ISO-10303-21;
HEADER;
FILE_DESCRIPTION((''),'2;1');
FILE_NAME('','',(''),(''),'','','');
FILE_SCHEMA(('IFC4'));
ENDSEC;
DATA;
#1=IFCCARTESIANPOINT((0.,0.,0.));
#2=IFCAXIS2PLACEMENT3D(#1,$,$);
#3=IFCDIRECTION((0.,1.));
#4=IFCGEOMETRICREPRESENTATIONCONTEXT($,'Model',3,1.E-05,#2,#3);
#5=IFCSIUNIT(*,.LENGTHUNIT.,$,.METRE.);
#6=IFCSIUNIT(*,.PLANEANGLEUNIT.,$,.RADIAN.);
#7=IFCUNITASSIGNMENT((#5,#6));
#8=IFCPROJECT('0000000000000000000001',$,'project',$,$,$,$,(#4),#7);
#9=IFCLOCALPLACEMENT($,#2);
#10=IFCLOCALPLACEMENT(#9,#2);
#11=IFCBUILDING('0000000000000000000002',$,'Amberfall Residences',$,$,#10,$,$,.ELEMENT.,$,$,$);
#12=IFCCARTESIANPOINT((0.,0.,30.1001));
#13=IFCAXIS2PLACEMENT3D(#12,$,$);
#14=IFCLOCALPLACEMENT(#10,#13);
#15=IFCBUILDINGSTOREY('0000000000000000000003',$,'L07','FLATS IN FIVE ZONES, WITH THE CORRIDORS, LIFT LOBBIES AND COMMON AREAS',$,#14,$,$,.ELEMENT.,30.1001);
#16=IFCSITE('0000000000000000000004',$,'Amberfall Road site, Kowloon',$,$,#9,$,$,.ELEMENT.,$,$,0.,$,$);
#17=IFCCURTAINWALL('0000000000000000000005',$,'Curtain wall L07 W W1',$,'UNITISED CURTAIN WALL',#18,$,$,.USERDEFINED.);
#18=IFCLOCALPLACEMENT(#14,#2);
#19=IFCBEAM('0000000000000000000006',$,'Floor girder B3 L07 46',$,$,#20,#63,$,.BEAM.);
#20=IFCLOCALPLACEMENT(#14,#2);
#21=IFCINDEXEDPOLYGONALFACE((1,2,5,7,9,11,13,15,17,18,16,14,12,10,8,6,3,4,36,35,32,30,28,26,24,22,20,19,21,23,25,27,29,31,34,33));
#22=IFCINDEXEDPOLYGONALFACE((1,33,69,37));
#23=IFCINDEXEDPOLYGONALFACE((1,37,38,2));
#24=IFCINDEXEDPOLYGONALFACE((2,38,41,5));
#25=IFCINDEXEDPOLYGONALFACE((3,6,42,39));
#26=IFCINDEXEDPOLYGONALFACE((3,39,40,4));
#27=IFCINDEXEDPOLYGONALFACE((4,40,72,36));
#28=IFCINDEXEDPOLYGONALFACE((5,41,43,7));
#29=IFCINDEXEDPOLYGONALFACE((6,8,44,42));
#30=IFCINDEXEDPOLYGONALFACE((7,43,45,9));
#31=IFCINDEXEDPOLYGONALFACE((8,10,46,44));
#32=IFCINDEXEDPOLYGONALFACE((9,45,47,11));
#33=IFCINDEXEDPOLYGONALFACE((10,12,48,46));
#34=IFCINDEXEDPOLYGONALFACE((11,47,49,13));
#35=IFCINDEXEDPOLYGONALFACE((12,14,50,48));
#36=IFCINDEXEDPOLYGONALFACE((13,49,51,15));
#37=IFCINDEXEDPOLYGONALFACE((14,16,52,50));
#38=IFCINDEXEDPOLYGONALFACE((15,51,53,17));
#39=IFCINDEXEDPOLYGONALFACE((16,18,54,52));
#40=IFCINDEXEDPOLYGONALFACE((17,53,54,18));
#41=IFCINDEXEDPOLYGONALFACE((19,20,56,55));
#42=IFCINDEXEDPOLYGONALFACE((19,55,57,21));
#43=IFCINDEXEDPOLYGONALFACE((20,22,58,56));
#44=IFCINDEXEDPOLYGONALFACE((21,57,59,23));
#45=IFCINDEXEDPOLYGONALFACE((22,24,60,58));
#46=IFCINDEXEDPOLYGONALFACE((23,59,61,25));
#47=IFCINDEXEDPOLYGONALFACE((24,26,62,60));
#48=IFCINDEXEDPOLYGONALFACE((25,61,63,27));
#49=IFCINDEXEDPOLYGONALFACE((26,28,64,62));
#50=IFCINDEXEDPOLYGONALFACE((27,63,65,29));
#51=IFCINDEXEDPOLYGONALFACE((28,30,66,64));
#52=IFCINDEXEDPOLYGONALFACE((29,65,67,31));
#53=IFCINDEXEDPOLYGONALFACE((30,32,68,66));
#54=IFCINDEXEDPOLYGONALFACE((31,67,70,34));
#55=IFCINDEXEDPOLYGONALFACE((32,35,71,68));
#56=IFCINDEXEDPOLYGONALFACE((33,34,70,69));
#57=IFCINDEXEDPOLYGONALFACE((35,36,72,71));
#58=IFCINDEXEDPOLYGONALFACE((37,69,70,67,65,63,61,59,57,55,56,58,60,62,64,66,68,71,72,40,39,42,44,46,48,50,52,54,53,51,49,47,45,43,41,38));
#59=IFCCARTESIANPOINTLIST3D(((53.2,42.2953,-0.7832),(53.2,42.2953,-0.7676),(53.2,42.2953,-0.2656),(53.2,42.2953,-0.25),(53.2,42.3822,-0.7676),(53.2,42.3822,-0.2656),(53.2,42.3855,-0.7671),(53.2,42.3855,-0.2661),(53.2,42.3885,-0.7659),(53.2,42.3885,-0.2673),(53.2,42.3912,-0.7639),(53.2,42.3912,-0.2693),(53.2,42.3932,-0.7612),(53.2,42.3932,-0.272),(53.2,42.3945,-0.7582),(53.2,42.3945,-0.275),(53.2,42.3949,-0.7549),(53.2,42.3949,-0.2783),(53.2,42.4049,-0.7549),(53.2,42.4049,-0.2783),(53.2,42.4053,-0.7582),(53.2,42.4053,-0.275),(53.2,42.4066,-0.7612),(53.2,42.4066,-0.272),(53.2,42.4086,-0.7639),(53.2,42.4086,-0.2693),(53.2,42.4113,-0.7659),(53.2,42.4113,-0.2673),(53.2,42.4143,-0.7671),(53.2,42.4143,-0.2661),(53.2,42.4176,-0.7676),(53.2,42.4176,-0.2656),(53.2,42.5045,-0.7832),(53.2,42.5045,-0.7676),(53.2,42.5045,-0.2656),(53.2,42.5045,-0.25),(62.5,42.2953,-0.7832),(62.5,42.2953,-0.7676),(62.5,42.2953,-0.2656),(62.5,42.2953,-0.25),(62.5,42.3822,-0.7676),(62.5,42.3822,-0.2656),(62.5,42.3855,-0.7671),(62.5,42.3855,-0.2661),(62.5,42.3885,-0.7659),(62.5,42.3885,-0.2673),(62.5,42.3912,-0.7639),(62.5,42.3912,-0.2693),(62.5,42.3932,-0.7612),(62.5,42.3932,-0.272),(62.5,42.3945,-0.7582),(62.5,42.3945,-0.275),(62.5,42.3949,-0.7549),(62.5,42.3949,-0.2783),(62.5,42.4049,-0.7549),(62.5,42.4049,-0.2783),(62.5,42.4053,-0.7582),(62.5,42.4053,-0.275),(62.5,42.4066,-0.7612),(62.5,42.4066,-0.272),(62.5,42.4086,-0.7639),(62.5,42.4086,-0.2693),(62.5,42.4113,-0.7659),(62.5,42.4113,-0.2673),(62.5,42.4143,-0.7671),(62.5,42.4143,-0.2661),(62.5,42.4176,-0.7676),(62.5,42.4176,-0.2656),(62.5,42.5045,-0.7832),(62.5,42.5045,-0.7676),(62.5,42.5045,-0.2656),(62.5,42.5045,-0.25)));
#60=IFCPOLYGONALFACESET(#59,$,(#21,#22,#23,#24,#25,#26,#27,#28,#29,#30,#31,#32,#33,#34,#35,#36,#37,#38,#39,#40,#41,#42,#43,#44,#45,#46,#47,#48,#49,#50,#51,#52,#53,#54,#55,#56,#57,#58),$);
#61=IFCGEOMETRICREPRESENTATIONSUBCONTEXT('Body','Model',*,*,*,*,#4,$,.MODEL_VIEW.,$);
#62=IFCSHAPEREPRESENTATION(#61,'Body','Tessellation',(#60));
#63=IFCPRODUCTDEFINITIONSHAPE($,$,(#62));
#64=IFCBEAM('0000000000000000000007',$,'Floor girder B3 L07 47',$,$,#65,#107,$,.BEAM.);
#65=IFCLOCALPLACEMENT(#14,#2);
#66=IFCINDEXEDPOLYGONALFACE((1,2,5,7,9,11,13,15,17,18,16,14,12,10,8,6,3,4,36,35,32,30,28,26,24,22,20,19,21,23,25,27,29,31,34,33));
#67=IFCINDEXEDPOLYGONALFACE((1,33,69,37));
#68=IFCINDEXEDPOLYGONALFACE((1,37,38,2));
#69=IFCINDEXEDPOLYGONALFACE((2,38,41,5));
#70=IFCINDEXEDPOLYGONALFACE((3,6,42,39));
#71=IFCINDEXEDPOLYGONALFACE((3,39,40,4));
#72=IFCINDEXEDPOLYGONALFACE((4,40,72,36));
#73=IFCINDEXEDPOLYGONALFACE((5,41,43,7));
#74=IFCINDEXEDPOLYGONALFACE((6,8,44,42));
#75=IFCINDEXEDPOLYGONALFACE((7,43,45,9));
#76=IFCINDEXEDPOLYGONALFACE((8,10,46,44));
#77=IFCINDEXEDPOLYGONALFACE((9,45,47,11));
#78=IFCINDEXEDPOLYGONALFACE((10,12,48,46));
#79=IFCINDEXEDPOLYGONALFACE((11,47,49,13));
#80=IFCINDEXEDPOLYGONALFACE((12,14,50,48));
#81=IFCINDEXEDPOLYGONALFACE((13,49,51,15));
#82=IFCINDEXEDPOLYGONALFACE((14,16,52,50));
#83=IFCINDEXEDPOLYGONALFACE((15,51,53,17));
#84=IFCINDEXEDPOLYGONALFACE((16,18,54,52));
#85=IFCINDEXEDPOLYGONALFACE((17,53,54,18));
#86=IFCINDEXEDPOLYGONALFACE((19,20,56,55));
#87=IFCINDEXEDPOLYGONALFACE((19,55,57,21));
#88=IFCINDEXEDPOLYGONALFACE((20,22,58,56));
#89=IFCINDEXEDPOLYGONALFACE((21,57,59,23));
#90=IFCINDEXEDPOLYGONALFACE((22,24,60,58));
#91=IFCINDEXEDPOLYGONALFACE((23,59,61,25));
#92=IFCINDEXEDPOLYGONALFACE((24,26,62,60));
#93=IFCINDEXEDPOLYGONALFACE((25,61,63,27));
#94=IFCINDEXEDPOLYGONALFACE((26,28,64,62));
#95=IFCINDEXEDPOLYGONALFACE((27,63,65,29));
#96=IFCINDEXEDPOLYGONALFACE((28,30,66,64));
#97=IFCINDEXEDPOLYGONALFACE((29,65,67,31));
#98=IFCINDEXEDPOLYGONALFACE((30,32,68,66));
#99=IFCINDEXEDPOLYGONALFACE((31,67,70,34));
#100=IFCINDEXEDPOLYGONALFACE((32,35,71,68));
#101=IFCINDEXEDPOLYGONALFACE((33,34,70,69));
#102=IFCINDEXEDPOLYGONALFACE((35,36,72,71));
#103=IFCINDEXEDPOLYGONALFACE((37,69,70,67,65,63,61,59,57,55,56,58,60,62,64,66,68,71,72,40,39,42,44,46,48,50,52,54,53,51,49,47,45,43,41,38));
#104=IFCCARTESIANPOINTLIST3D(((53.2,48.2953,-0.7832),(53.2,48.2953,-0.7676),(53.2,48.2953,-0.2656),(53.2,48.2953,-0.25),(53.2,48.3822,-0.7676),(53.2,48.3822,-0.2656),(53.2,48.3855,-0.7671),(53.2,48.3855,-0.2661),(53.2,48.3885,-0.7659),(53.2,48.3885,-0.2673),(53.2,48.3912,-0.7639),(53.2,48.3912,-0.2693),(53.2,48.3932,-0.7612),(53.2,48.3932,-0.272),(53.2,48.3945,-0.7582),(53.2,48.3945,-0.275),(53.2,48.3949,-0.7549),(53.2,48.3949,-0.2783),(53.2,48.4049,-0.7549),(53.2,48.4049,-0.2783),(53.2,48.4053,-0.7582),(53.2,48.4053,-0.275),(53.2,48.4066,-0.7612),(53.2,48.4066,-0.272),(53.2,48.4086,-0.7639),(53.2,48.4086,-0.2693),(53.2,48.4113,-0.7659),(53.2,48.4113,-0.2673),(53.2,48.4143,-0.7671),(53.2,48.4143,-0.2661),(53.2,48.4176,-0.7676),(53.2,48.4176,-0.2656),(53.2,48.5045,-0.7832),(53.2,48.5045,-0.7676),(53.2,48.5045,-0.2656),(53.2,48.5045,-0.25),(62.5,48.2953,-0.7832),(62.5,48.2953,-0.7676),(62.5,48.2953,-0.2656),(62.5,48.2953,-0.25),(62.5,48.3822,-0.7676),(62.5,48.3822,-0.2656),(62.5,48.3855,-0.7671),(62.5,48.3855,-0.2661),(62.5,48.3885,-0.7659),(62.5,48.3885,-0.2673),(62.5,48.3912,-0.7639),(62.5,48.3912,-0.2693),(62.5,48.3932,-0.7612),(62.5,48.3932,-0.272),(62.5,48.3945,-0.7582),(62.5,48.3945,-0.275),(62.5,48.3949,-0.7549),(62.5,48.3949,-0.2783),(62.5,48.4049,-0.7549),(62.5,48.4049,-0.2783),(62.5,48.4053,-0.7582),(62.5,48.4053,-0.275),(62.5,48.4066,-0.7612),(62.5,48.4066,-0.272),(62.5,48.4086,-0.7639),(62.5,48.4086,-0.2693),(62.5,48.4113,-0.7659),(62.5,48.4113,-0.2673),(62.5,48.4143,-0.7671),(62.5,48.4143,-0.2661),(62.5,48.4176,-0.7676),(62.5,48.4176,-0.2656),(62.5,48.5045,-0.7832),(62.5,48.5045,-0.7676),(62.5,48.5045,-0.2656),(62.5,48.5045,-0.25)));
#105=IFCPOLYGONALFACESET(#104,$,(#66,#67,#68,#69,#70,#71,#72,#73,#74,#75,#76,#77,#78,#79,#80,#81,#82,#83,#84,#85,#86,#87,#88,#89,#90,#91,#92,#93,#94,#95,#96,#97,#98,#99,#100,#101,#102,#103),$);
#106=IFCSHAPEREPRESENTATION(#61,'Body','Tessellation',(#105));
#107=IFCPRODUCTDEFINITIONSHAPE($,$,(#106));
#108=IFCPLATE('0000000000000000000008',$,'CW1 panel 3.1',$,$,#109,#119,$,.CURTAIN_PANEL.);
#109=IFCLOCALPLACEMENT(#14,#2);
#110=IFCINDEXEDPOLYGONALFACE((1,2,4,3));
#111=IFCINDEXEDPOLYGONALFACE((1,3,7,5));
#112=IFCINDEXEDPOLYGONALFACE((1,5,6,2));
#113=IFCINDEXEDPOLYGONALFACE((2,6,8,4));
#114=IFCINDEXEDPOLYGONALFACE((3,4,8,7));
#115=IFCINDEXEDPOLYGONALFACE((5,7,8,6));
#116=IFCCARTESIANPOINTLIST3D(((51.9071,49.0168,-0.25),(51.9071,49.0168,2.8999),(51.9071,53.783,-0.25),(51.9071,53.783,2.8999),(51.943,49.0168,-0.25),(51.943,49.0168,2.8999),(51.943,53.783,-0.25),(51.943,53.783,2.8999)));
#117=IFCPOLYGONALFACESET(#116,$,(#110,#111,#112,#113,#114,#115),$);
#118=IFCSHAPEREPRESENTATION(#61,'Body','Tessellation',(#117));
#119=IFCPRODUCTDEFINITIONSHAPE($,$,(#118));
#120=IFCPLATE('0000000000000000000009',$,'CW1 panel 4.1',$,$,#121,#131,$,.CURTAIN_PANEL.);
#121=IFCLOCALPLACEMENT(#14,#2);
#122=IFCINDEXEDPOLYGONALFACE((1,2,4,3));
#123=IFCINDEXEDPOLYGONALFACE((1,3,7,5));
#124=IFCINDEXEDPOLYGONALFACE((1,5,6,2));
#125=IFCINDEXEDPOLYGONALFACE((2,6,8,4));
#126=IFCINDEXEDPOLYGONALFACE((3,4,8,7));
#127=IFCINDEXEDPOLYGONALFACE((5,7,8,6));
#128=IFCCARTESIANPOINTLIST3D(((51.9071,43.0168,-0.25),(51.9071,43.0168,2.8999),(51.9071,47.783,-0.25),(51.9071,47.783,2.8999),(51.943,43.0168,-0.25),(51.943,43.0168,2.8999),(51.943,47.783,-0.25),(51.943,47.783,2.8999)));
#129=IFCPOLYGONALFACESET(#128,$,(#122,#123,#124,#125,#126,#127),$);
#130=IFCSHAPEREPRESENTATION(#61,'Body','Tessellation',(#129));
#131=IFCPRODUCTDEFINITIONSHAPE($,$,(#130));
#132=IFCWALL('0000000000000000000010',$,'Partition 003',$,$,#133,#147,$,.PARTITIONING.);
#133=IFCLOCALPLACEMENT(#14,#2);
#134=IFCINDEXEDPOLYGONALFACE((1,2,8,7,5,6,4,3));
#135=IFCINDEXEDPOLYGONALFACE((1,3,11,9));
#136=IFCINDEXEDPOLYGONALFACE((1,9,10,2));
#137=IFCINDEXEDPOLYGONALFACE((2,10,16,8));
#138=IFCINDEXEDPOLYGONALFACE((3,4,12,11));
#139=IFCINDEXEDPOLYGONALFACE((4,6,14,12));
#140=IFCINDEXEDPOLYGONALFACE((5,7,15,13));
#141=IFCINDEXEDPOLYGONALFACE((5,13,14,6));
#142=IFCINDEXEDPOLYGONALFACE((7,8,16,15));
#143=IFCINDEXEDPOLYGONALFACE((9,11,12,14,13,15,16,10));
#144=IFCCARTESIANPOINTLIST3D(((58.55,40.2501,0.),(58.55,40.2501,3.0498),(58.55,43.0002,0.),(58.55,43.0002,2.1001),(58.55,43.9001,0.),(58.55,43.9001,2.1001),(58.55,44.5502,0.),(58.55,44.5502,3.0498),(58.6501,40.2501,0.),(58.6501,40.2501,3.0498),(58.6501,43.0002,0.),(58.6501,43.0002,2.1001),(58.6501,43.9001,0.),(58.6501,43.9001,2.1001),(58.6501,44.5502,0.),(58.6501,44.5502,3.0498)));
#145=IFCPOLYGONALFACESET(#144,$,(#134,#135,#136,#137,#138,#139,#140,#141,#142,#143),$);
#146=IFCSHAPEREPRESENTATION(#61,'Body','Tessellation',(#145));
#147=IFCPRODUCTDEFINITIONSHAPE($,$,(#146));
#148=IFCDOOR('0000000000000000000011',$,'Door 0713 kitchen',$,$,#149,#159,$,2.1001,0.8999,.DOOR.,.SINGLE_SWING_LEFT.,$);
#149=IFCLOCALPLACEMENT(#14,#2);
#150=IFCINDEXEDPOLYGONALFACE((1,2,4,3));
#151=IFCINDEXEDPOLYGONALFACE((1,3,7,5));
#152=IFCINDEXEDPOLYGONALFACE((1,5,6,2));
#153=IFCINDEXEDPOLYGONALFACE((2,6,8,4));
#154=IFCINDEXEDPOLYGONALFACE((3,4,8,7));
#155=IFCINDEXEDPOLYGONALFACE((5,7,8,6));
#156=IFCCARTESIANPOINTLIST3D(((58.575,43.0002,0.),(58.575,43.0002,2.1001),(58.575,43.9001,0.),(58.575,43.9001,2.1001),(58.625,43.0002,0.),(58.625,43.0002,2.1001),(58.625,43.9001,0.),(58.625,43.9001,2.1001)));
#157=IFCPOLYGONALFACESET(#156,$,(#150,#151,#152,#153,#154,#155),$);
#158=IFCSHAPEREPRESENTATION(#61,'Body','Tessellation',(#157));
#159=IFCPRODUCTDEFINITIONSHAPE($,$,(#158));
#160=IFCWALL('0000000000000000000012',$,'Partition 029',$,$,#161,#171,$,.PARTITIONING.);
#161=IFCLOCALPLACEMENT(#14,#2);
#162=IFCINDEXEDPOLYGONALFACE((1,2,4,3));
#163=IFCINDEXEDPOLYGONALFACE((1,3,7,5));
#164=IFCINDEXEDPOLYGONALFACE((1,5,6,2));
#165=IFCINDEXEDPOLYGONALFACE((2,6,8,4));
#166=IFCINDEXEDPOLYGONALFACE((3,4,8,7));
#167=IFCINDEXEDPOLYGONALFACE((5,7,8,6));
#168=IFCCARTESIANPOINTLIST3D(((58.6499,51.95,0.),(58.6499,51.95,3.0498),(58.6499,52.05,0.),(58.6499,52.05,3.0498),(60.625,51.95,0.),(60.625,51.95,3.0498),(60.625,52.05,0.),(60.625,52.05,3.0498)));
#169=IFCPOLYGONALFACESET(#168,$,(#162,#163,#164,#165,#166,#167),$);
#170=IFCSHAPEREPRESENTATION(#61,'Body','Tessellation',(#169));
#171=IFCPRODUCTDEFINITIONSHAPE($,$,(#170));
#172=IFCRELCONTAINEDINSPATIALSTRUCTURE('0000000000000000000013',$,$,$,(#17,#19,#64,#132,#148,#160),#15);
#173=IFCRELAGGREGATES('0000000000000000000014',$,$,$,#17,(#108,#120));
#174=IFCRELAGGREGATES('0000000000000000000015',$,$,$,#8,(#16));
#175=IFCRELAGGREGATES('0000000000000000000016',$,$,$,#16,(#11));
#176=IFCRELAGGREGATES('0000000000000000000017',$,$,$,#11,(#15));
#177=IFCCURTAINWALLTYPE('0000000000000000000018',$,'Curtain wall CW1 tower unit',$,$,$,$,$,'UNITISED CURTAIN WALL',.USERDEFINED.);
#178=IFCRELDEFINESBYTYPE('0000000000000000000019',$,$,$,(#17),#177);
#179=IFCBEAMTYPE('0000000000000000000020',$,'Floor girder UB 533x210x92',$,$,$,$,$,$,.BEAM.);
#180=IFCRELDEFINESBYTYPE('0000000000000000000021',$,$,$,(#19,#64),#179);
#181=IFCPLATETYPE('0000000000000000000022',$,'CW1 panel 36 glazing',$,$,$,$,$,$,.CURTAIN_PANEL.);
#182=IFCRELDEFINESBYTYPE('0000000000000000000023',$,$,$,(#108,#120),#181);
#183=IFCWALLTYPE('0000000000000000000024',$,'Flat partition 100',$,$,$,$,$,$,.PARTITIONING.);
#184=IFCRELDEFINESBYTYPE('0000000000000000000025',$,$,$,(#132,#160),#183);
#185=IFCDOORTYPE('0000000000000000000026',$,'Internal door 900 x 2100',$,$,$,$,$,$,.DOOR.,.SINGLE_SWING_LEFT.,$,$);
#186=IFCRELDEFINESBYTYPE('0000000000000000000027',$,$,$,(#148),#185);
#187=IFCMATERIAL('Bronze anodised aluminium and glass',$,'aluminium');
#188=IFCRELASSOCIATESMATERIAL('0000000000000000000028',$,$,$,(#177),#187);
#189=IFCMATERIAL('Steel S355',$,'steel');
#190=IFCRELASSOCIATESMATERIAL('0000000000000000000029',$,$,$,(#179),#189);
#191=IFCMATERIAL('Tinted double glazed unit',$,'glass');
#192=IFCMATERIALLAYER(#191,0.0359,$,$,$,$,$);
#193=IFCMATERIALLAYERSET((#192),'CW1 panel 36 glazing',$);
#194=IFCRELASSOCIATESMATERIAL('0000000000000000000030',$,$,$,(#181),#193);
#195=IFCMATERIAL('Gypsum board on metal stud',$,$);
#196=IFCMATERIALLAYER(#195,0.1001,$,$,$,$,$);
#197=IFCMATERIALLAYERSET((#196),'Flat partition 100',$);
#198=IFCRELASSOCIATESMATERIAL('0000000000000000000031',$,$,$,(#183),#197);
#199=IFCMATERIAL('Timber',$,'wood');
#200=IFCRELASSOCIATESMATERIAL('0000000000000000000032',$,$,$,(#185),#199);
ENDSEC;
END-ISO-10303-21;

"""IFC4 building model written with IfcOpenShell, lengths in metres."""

from ifc_helpers import new_model, si_unit, direction, frame, frame_2d, origin, origin_2d, place, context, subcontext, project, spatial, rectangle, i_section, extrude, material, layer, layer_set, material_profile, profile_set, type_object, element, fill, aggregate, save


model = new_model("IFC4")

# Units and contexts
model_context = context("Model", 3, precision=1e-05, world=origin(), true_north=direction((0.0, 1.0)))
body_context = subcontext(model_context, "Body", "Model", "MODEL_VIEW")
ifc_project = project(units=[si_unit("LENGTHUNIT", "METRE"), si_unit("PLANEANGLEUNIT", "RADIAN")], contexts=[model_context])

# Site, building, storey
site_placement = place(None, origin())
site = spatial("IfcSite", under=ifc_project, at=site_placement, Name="Amberfall Road site, Kowloon", CompositionType="ELEMENT", RefElevation=0.0)
building_placement = place(site_placement, origin())
building = spatial("IfcBuilding", under=site, at=building_placement, Name="Amberfall Residences", CompositionType="ELEMENT")
storey_placement = place(building_placement, frame((0.0, 0.0, 30.1001)))
storey = spatial("IfcBuildingStorey", under=building, at=storey_placement, Name="L07", Description="FLATS IN FIVE ZONES, WITH THE CORRIDORS, LIFT LOBBIES AND COMMON AREAS", CompositionType="ELEMENT", Elevation=30.1001)

# Curtain wall
ifc_material_1 = material(Name="Bronze anodised aluminium and glass", Category="aluminium")
curtain_wall_type = type_object("IfcCurtainWallType", Name="Curtain wall CW1 tower unit", ElementType="UNITISED CURTAIN WALL", PredefinedType="USERDEFINED", material=ifc_material_1)
curtain_wall_placement = place(storey_placement, origin())
curtain_wall = element("IfcCurtainWall", 1, at=curtain_wall_placement, inside=storey, type_object=curtain_wall_type, Name="Curtain wall L07 W W1", ObjectType="UNITISED CURTAIN WALL", PredefinedType="USERDEFINED")

# Shared definitions
ifc_material_2 = material(Name="Steel S355", Category="steel")

# Beams
ifc_material_profile_1 = material_profile(ifc_material_2, i_section(OverallWidth=0.2092, OverallDepth=0.5332, WebThickness=0.01, FlangeThickness=0.0156, FilletRadius=0.0127, at=origin_2d()), Name="UB 533x210x92")
ifc_profile_set_1 = profile_set([ifc_material_profile_1], Name="Steel S355")
beam_type_1 = type_object("IfcBeamType", Name="Floor girder UB 533x210x92", PredefinedType="BEAM", material=ifc_profile_set_1)
for number, where, z_axis, x_axis, name in (
    (2, (53.2, 42.3999, -0.5166), (1.0, 0.0, 0.0), (0.0, 1.0, 0.0), "Floor girder B3 L07 46"),
    (3, (53.2, 48.3999, -0.5166), (1.0, 0.0, 0.0), (0.0, 1.0, 0.0), "Floor girder B3 L07 47"),
):
    element("IfcBeam", number, at=place(storey_placement, frame(where, z_axis=z_axis, x_axis=x_axis)), inside=storey, type_object=beam_type_1, Name=name, PredefinedType="BEAM", context=body_context, shape_type="SweptSolid", body=[
        extrude(i_section(OverallWidth=0.2092, OverallDepth=0.5332, WebThickness=0.01, FlangeThickness=0.0156, FilletRadius=0.0127, at=origin_2d()), origin(), (0.0, 0.0, 1.0), 9.3),
    ])

# Plates
ifc_material_3 = material(Name="Tinted double glazed unit", Category="glass")
ifc_layer_1 = layer(ifc_material_3, 0.0359)
ifc_layer_set_1 = layer_set([ifc_layer_1], Name="CW1 panel 36 glazing")
plate_type = type_object("IfcPlateType", Name="CW1 panel 36 glazing", PredefinedType="CURTAIN_PANEL", material=ifc_layer_set_1)
plate_1_placement = place(storey_placement, frame((51.925, 51.3999, -0.25), z_axis=(0.0, 0.0, 1.0), x_axis=(0.0, -1.0, 0.0)))
plate_1 = element("IfcPlate", 4, at=plate_1_placement, type_object=plate_type, Name="CW1 panel 3.1", PredefinedType="CURTAIN_PANEL", context=body_context, shape_type="SweptSolid", body=[
    extrude(rectangle(XDim=4.7661, YDim=0.0359, at=origin_2d()), origin(), (0.0, 0.0, 1.0), 3.1499),
])
plate_2_placement = place(storey_placement, frame((51.925, 45.3999, -0.25), z_axis=(0.0, 0.0, 1.0), x_axis=(0.0, -1.0, 0.0)))
plate_2 = element("IfcPlate", 5, at=plate_2_placement, type_object=plate_type, Name="CW1 panel 4.1", PredefinedType="CURTAIN_PANEL", context=body_context, shape_type="SweptSolid", body=[
    extrude(rectangle(XDim=4.7661, YDim=0.0359, at=origin_2d()), origin(), (0.0, 0.0, 1.0), 3.1499),
])
aggregate(curtain_wall, [plate_1, plate_2])

# Wall, opening, door
ifc_material_4 = material(Name="Gypsum board on metal stud")
ifc_layer_2 = layer(ifc_material_4, 0.1001)
ifc_layer_set_2 = layer_set([ifc_layer_2], Name="Flat partition 100")
wall_type_1 = type_object("IfcWallType", Name="Flat partition 100", PredefinedType="PARTITIONING", material=ifc_layer_set_2)
wall_1_placement = place(storey_placement, frame((58.6001, 44.55, 0.0), z_axis=(0.0, 0.0, 1.0), x_axis=(0.0, -1.0, 0.0)))
wall_1 = element("IfcWall", 6, at=wall_1_placement, inside=storey, type_object=wall_type_1, Name="Partition 003", PredefinedType="PARTITIONING", context=body_context, shape_type="SweptSolid", body=[
    extrude(rectangle(XDim=4.3, YDim=0.1001, at=frame_2d((2.1499, 0.0))), origin(), (0.0, 0.0, 1.0), 3.0498),
])
opening_1_placement = place(wall_1_placement, frame((0.6499, 0.0, 0.0)))
opening_1 = element("IfcOpeningElement", 7, at=opening_1_placement, cuts=wall_1, PredefinedType="OPENING", context=body_context, shape_type="SweptSolid", body=[
    extrude(rectangle(XDim=0.8999, YDim=2.1001, at=frame_2d((0.45, 1.05))), frame((0.0, 0.0601, 0.0), z_axis=(0.0, -1.0, 0.0), x_axis=(1.0, 0.0, 0.0)), (0.0, 0.0, 1.0), 0.1201),
])
ifc_material_5 = material(Name="Timber", Category="wood")
door_type_1 = type_object("IfcDoorType", Name="Internal door 900 x 2100", OperationType="SINGLE_SWING_LEFT", PredefinedType="DOOR", material=ifc_material_5)
door_1_placement = place(opening_1_placement, origin())
door_1 = element("IfcDoor", 8, at=door_1_placement, inside=storey, type_object=door_type_1, Name="Door 0713 kitchen", OperationType="SINGLE_SWING_LEFT", OverallHeight=2.1001, OverallWidth=0.8999, PredefinedType="DOOR", context=body_context, shape_type="SweptSolid", body=[
    extrude(rectangle(XDim=0.8999, YDim=2.1001, at=frame_2d((0.45, 1.05))), frame((0.0, 0.0249, 0.0), z_axis=(0.0, -1.0, 0.0), x_axis=(1.0, 0.0, 0.0)), (0.0, 0.0, 1.0), 0.05),
])
fill(opening_1, door_1)

# Wall
wall_2_placement = place(storey_placement, frame((58.6499, 52.0, 0.0), z_axis=(0.0, 0.0, 1.0), x_axis=(1.0, 0.0, 0.0)))
element("IfcWall", 9, at=wall_2_placement, inside=storey, type_object=wall_type_1, Name="Partition 029", PredefinedType="PARTITIONING", context=body_context, shape_type="SweptSolid", body=[
    extrude(rectangle(XDim=1.9751, YDim=0.1001, at=frame_2d((0.9875, 0.0))), origin(), (0.0, 0.0, 1.0), 3.0498),
])

save(model, "model.ifc")
